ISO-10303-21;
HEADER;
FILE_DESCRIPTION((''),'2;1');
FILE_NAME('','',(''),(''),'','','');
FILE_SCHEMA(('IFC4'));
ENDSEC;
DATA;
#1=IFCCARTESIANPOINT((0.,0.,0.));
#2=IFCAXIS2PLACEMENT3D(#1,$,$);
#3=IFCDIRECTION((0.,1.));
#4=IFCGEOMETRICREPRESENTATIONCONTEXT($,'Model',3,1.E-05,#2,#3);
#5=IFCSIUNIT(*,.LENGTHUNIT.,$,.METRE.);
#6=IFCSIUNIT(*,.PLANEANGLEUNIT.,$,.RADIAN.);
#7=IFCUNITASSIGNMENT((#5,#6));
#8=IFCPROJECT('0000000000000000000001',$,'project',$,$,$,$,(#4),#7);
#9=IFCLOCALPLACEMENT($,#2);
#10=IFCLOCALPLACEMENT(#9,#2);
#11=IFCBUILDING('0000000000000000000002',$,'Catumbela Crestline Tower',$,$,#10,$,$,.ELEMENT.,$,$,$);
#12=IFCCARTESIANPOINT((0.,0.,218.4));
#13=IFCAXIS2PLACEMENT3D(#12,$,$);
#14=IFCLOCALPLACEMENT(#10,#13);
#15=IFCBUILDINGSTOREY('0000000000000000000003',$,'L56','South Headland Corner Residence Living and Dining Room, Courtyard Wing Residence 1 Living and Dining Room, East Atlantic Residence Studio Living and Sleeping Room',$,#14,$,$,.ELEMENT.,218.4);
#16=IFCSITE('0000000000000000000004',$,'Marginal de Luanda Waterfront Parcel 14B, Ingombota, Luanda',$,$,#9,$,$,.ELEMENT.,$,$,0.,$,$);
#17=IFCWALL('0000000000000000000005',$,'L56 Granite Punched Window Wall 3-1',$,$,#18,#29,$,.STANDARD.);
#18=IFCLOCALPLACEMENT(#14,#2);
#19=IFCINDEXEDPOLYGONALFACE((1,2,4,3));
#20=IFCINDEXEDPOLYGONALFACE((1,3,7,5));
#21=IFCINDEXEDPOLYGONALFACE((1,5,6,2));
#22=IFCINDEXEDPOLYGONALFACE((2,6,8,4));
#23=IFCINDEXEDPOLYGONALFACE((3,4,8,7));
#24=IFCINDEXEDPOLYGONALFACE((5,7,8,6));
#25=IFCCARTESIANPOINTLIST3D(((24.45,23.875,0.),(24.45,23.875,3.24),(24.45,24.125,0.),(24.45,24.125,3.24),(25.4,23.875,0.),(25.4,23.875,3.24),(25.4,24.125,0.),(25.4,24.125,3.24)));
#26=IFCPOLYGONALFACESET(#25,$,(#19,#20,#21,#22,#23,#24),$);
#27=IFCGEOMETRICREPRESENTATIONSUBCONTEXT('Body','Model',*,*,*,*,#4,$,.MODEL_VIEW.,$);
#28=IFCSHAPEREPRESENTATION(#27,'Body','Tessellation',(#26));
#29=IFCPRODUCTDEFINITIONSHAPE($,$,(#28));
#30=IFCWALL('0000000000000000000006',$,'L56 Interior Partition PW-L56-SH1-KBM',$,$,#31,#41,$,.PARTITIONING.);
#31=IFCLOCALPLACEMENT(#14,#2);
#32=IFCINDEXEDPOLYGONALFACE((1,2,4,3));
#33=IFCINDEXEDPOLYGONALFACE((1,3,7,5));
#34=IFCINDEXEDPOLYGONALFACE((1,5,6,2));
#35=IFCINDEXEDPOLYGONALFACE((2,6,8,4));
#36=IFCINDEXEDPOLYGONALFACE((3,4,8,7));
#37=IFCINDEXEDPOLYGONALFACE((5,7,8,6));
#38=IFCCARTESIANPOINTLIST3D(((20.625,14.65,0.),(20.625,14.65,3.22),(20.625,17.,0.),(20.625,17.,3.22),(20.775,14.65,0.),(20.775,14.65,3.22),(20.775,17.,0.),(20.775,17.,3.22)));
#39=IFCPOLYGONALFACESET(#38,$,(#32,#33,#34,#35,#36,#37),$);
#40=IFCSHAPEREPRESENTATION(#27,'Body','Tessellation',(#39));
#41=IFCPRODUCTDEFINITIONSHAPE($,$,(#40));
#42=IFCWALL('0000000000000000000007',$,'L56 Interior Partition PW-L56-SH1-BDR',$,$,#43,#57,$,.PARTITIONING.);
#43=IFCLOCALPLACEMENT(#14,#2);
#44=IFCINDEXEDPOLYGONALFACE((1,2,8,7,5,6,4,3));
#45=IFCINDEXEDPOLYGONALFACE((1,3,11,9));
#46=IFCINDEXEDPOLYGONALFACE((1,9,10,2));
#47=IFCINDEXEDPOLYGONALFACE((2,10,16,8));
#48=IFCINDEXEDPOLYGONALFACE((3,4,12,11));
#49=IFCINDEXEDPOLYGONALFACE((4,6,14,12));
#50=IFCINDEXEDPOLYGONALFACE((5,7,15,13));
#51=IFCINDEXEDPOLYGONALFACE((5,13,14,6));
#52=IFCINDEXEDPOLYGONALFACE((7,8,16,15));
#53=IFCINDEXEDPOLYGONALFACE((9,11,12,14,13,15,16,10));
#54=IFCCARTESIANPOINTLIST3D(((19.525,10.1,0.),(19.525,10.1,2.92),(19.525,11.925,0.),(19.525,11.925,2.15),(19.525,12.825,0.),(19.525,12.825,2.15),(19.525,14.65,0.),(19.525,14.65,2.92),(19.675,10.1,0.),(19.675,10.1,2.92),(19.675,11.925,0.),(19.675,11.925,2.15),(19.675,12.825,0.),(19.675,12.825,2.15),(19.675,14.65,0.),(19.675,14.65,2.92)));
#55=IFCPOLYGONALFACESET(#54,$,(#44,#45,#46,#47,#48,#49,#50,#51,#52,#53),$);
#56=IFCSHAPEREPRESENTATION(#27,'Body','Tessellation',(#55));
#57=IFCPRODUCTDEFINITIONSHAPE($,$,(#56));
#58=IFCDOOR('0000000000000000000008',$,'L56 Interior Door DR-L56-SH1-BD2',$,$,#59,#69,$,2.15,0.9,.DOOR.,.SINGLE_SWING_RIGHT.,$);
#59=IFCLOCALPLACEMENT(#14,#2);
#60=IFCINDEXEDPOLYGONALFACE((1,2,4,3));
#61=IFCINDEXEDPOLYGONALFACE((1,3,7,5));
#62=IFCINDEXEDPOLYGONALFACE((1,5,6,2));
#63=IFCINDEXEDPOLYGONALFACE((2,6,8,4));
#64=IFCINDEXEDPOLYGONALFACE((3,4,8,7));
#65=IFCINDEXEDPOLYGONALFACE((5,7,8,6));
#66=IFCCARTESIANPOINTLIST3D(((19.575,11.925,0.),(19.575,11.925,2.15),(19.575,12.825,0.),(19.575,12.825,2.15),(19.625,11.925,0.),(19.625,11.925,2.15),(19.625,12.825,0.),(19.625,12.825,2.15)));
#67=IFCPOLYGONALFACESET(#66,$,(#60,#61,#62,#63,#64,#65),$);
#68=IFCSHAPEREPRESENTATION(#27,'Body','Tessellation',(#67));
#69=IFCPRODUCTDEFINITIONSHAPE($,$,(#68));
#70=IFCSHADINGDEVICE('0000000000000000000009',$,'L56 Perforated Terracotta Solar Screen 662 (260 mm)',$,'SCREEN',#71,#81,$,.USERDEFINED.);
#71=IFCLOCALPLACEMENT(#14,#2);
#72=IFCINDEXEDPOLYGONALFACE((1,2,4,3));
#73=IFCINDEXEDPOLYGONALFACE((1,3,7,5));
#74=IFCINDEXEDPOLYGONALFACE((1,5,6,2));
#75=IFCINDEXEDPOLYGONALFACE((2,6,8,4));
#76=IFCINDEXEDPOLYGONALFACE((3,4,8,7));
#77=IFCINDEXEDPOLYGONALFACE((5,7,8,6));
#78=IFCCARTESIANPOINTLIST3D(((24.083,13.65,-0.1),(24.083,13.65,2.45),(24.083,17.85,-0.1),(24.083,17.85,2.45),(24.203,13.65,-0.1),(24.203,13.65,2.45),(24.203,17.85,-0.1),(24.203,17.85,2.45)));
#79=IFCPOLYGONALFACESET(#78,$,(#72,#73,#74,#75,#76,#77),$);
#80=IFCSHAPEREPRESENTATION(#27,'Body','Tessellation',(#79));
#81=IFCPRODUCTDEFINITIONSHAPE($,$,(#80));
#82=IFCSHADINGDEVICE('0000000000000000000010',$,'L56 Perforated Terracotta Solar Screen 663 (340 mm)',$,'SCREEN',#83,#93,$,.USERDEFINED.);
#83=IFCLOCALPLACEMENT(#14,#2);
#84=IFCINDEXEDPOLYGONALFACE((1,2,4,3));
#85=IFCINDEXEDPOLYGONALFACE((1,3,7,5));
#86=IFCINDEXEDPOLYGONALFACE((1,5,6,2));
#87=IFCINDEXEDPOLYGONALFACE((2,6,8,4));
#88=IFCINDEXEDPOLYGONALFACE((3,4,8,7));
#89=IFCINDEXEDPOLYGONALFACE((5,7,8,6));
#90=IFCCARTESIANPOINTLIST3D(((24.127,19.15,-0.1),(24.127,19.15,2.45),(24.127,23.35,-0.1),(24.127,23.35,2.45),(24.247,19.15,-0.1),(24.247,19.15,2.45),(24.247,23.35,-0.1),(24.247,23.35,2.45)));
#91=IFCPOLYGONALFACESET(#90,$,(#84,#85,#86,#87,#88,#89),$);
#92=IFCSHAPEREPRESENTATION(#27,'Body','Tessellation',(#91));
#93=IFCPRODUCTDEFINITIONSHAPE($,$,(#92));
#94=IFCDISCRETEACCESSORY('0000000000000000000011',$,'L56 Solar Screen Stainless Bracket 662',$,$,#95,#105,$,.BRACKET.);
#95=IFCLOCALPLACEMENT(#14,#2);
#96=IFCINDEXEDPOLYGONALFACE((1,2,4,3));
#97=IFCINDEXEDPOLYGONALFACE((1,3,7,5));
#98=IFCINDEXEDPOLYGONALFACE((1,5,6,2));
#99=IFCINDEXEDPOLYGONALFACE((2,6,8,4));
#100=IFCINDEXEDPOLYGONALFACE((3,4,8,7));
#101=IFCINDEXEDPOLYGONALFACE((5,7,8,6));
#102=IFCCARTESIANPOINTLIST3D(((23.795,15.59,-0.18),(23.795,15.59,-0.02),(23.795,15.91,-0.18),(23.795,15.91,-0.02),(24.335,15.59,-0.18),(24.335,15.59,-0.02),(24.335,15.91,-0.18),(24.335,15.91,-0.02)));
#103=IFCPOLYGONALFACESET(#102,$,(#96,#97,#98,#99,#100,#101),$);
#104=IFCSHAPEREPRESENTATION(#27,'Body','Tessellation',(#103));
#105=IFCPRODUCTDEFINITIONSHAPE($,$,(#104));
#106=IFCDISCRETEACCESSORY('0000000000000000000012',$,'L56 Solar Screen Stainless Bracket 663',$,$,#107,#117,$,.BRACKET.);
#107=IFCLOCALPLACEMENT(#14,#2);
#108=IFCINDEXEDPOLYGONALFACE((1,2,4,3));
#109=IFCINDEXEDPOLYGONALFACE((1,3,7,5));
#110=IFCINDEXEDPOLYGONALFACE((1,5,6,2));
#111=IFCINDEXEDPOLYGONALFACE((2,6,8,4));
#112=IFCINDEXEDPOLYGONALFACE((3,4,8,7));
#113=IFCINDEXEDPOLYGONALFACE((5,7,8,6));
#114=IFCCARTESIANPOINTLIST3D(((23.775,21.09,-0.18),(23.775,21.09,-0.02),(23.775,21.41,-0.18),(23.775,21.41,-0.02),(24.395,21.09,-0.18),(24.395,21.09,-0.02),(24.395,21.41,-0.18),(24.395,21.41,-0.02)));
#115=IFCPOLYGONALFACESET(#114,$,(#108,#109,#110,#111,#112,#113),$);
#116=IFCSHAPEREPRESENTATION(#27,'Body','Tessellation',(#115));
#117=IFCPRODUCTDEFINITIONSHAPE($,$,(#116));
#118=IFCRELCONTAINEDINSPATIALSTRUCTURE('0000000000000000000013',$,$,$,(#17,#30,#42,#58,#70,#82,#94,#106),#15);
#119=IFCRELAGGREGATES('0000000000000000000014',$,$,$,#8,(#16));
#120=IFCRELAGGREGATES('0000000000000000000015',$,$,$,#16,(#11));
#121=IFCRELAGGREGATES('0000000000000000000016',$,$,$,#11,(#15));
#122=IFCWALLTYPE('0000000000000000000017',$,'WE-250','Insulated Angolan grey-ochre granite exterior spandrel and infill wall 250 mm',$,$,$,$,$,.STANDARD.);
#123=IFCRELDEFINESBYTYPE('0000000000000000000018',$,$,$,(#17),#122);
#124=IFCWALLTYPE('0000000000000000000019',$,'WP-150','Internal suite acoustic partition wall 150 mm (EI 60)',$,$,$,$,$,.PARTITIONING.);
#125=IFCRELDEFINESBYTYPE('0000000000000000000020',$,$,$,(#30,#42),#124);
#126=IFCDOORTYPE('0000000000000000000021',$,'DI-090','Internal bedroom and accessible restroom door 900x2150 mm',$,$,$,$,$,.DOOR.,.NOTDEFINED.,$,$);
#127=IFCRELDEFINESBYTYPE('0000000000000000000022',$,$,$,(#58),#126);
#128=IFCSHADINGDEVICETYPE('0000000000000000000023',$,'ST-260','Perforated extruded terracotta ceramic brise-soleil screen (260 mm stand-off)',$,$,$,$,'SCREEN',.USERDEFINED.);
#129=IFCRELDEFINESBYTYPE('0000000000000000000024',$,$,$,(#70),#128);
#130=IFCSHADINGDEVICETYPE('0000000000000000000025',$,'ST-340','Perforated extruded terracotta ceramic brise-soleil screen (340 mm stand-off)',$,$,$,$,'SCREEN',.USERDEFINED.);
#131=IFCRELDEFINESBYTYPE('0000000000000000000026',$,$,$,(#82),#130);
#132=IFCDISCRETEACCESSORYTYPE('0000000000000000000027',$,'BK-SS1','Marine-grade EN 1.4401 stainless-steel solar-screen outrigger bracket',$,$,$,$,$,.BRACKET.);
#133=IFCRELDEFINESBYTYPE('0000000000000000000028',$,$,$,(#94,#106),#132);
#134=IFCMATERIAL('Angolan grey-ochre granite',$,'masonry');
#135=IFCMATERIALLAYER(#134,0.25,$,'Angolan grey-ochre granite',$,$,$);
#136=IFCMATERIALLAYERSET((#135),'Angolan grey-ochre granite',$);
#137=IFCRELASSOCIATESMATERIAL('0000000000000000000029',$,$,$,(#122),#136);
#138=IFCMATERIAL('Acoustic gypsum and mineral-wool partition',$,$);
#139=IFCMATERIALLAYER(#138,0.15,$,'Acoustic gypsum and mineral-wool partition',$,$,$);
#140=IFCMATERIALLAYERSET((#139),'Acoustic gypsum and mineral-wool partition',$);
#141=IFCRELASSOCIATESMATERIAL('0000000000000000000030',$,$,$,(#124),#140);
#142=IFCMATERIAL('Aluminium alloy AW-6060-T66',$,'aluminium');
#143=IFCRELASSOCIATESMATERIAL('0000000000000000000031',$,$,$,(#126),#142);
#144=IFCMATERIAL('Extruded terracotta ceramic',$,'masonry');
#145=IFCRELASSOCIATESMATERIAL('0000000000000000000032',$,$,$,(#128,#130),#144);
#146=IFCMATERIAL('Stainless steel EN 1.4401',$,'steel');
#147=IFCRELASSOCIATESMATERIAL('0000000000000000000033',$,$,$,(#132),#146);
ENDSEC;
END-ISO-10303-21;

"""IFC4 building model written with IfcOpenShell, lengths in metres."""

from ifc_helpers import new_model, si_unit, direction, frame, frame_2d, origin, origin_2d, place, context, subcontext, project, spatial, rectangle, extrude, material, layer, layer_set, type_object, element, fill, save


model = new_model("IFC4")

# Units and contexts
model_context = context("Model", 3, precision=1e-05, world=origin(), true_north=direction((0.0, 1.0)))
body_context = subcontext(model_context, "Body", "Model", "MODEL_VIEW")
ifc_project = project(units=[si_unit("LENGTHUNIT", "METRE"), si_unit("PLANEANGLEUNIT", "RADIAN")], contexts=[model_context])

# Site, building, storey
site_placement = place(None, origin())
site = spatial("IfcSite", under=ifc_project, at=site_placement, Name="Marginal de Luanda Waterfront Parcel 14B, Ingombota, Luanda", CompositionType="ELEMENT", RefElevation=0.0)
building_placement = place(site_placement, origin())
building = spatial("IfcBuilding", under=site, at=building_placement, Name="Catumbela Crestline Tower", CompositionType="ELEMENT")
storey_placement = place(building_placement, frame((0.0, 0.0, 218.4)))
storey = spatial("IfcBuildingStorey", under=building, at=storey_placement, Name="L56", Description="South Headland Corner Residence Living and Dining Room, Courtyard Wing Residence 1 Living and Dining Room, East Atlantic Residence Studio Living and Sleeping Room", CompositionType="ELEMENT", Elevation=218.4)

# Shared definitions
ifc_material_1 = material(Name="Aluminium alloy AW-6060-T66", Category="aluminium")

# Shared definitions
ifc_material_2 = material(Name="Angolan grey-ochre granite", Category="masonry")
ifc_layer_1 = layer(ifc_material_2, 0.25, Name="Angolan grey-ochre granite")
ifc_layer_set_1 = layer_set([ifc_layer_1], Name="Angolan grey-ochre granite")
wall_type_1 = type_object("IfcWallType", Name="WE-250", Description="Insulated Angolan grey-ochre granite exterior spandrel and infill wall 250 mm", PredefinedType="STANDARD", material=ifc_layer_set_1)

# Walls
wall_1_placement = place(storey_placement, frame((24.45, 24.0, 0.0), z_axis=(0.0, 0.0, 1.0), x_axis=(1.0, 0.0, 0.0)))
element("IfcWall", 1, at=wall_1_placement, inside=storey, type_object=wall_type_1, Name="L56 Granite Punched Window Wall 3-1", PredefinedType="STANDARD", context=body_context, shape_type="SweptSolid", body=[
    extrude(rectangle(XDim=0.95, YDim=0.25, at=frame_2d((0.475, 0.0))), origin(), (0.0, 0.0, 1.0), 3.24),
])
ifc_material_3 = material(Name="Acoustic gypsum and mineral-wool partition")
ifc_layer_2 = layer(ifc_material_3, 0.15, Name="Acoustic gypsum and mineral-wool partition")
ifc_layer_set_2 = layer_set([ifc_layer_2], Name="Acoustic gypsum and mineral-wool partition")
wall_type_2 = type_object("IfcWallType", Name="WP-150", Description="Internal suite acoustic partition wall 150 mm (EI 60)", PredefinedType="PARTITIONING", material=ifc_layer_set_2)
wall_2_placement = place(storey_placement, frame((20.7, 14.65, 0.0), z_axis=(0.0, 0.0, 1.0), x_axis=(0.0, 1.0, 0.0)))
element("IfcWall", 2, at=wall_2_placement, inside=storey, type_object=wall_type_2, Name="L56 Interior Partition PW-L56-SH1-KBM", PredefinedType="PARTITIONING", context=body_context, shape_type="SweptSolid", body=[
    extrude(rectangle(XDim=2.35, YDim=0.15, at=frame_2d((1.175, 0.0))), origin(), (0.0, 0.0, 1.0), 3.22),
])

# Wall, opening, door
wall_3_placement = place(storey_placement, frame((19.6, 10.1, 0.0), z_axis=(0.0, 0.0, 1.0), x_axis=(0.0, 1.0, 0.0)))
wall_3 = element("IfcWall", 3, at=wall_3_placement, inside=storey, type_object=wall_type_2, Name="L56 Interior Partition PW-L56-SH1-BDR", PredefinedType="PARTITIONING", context=body_context, shape_type="SweptSolid", body=[
    extrude(rectangle(XDim=4.55, YDim=0.15, at=frame_2d((2.275, 0.0))), origin(), (0.0, 0.0, 1.0), 2.92),
])
opening_1_placement = place(wall_3_placement, frame((1.825, 0.0, 0.0)))
opening_1 = element("IfcOpeningElement", 4, at=opening_1_placement, cuts=wall_3, PredefinedType="OPENING", context=body_context, shape_type="SweptSolid", body=[
    extrude(rectangle(XDim=0.9, YDim=2.15, at=frame_2d((0.45, 1.075))), frame((0.0, 0.085, 0.0), z_axis=(0.0, -1.0, 0.0), x_axis=(1.0, 0.0, 0.0)), (0.0, 0.0, 1.0), 0.17),
])
door_type = type_object("IfcDoorType", Name="DI-090", Description="Internal bedroom and accessible restroom door 900x2150 mm", OperationType="NOTDEFINED", PredefinedType="DOOR", material=ifc_material_1)
door_placement = place(opening_1_placement, origin())
door = element("IfcDoor", 5, at=door_placement, inside=storey, type_object=door_type, Name="L56 Interior Door DR-L56-SH1-BD2", OperationType="SINGLE_SWING_RIGHT", OverallHeight=2.15, OverallWidth=0.9, PredefinedType="DOOR", context=body_context, shape_type="SweptSolid", body=[
    extrude(rectangle(XDim=0.9, YDim=2.15, at=frame_2d((0.45, 1.075))), frame((0.0, 0.025, 0.0), z_axis=(0.0, -1.0, 0.0), x_axis=(1.0, 0.0, 0.0)), (0.0, 0.0, 1.0), 0.05),
])
fill(opening_1, door)

# Shared definitions
ifc_material_4 = material(Name="Stainless steel EN 1.4401", Category="steel")

# Shading devices
ifc_material_5 = material(Name="Extruded terracotta ceramic", Category="masonry")
shading_device_type_1 = type_object("IfcShadingDeviceType", Name="ST-260", Description="Perforated extruded terracotta ceramic brise-soleil screen (260 mm stand-off)", ElementType="SCREEN", PredefinedType="USERDEFINED", material=ifc_material_5)
shading_device_1_placement = place(storey_placement, frame((24.143, 15.75, -0.1), z_axis=(0.0, 0.0, 1.0), x_axis=(0.0, 1.0, 0.0)))
element("IfcShadingDevice", 6, at=shading_device_1_placement, inside=storey, type_object=shading_device_type_1, Name="L56 Perforated Terracotta Solar Screen 662 (260 mm)", ObjectType="SCREEN", PredefinedType="USERDEFINED", context=body_context, shape_type="SweptSolid", body=[
    extrude(rectangle(XDim=4.2, YDim=0.12, at=origin_2d()), origin(), (0.0, 0.0, 1.0), 2.55),
])
shading_device_type_2 = type_object("IfcShadingDeviceType", Name="ST-340", Description="Perforated extruded terracotta ceramic brise-soleil screen (340 mm stand-off)", ElementType="SCREEN", PredefinedType="USERDEFINED", material=ifc_material_5)
shading_device_2_placement = place(storey_placement, frame((24.187, 21.25, -0.1), z_axis=(0.0, 0.0, 1.0), x_axis=(0.0, 1.0, 0.0)))
element("IfcShadingDevice", 7, at=shading_device_2_placement, inside=storey, type_object=shading_device_type_2, Name="L56 Perforated Terracotta Solar Screen 663 (340 mm)", ObjectType="SCREEN", PredefinedType="USERDEFINED", context=body_context, shape_type="SweptSolid", body=[
    extrude(rectangle(XDim=4.2, YDim=0.12, at=origin_2d()), origin(), (0.0, 0.0, 1.0), 2.55),
])

# Discrete accessories
discrete_accessory_type = type_object("IfcDiscreteAccessoryType", Name="BK-SS1", Description="Marine-grade EN 1.4401 stainless-steel solar-screen outrigger bracket", PredefinedType="BRACKET", material=ifc_material_4)
discrete_accessory_1_placement = place(storey_placement, frame((24.065, 15.75, -0.18), z_axis=(0.0, 0.0, 1.0), x_axis=(0.0, 1.0, 0.0)))
element("IfcDiscreteAccessory", 8, at=discrete_accessory_1_placement, inside=storey, type_object=discrete_accessory_type, Name="L56 Solar Screen Stainless Bracket 662", PredefinedType="BRACKET", context=body_context, shape_type="SweptSolid", body=[
    extrude(rectangle(XDim=0.32, YDim=0.54, at=origin_2d()), origin(), (0.0, 0.0, 1.0), 0.16),
])
discrete_accessory_2_placement = place(storey_placement, frame((24.085, 21.25, -0.18), z_axis=(0.0, 0.0, 1.0), x_axis=(0.0, 1.0, 0.0)))
element("IfcDiscreteAccessory", 9, at=discrete_accessory_2_placement, inside=storey, type_object=discrete_accessory_type, Name="L56 Solar Screen Stainless Bracket 663", PredefinedType="BRACKET", context=body_context, shape_type="SweptSolid", body=[
    extrude(rectangle(XDim=0.32, YDim=0.62, at=origin_2d()), origin(), (0.0, 0.0, 1.0), 0.16),
])

save(model, "model.ifc")
